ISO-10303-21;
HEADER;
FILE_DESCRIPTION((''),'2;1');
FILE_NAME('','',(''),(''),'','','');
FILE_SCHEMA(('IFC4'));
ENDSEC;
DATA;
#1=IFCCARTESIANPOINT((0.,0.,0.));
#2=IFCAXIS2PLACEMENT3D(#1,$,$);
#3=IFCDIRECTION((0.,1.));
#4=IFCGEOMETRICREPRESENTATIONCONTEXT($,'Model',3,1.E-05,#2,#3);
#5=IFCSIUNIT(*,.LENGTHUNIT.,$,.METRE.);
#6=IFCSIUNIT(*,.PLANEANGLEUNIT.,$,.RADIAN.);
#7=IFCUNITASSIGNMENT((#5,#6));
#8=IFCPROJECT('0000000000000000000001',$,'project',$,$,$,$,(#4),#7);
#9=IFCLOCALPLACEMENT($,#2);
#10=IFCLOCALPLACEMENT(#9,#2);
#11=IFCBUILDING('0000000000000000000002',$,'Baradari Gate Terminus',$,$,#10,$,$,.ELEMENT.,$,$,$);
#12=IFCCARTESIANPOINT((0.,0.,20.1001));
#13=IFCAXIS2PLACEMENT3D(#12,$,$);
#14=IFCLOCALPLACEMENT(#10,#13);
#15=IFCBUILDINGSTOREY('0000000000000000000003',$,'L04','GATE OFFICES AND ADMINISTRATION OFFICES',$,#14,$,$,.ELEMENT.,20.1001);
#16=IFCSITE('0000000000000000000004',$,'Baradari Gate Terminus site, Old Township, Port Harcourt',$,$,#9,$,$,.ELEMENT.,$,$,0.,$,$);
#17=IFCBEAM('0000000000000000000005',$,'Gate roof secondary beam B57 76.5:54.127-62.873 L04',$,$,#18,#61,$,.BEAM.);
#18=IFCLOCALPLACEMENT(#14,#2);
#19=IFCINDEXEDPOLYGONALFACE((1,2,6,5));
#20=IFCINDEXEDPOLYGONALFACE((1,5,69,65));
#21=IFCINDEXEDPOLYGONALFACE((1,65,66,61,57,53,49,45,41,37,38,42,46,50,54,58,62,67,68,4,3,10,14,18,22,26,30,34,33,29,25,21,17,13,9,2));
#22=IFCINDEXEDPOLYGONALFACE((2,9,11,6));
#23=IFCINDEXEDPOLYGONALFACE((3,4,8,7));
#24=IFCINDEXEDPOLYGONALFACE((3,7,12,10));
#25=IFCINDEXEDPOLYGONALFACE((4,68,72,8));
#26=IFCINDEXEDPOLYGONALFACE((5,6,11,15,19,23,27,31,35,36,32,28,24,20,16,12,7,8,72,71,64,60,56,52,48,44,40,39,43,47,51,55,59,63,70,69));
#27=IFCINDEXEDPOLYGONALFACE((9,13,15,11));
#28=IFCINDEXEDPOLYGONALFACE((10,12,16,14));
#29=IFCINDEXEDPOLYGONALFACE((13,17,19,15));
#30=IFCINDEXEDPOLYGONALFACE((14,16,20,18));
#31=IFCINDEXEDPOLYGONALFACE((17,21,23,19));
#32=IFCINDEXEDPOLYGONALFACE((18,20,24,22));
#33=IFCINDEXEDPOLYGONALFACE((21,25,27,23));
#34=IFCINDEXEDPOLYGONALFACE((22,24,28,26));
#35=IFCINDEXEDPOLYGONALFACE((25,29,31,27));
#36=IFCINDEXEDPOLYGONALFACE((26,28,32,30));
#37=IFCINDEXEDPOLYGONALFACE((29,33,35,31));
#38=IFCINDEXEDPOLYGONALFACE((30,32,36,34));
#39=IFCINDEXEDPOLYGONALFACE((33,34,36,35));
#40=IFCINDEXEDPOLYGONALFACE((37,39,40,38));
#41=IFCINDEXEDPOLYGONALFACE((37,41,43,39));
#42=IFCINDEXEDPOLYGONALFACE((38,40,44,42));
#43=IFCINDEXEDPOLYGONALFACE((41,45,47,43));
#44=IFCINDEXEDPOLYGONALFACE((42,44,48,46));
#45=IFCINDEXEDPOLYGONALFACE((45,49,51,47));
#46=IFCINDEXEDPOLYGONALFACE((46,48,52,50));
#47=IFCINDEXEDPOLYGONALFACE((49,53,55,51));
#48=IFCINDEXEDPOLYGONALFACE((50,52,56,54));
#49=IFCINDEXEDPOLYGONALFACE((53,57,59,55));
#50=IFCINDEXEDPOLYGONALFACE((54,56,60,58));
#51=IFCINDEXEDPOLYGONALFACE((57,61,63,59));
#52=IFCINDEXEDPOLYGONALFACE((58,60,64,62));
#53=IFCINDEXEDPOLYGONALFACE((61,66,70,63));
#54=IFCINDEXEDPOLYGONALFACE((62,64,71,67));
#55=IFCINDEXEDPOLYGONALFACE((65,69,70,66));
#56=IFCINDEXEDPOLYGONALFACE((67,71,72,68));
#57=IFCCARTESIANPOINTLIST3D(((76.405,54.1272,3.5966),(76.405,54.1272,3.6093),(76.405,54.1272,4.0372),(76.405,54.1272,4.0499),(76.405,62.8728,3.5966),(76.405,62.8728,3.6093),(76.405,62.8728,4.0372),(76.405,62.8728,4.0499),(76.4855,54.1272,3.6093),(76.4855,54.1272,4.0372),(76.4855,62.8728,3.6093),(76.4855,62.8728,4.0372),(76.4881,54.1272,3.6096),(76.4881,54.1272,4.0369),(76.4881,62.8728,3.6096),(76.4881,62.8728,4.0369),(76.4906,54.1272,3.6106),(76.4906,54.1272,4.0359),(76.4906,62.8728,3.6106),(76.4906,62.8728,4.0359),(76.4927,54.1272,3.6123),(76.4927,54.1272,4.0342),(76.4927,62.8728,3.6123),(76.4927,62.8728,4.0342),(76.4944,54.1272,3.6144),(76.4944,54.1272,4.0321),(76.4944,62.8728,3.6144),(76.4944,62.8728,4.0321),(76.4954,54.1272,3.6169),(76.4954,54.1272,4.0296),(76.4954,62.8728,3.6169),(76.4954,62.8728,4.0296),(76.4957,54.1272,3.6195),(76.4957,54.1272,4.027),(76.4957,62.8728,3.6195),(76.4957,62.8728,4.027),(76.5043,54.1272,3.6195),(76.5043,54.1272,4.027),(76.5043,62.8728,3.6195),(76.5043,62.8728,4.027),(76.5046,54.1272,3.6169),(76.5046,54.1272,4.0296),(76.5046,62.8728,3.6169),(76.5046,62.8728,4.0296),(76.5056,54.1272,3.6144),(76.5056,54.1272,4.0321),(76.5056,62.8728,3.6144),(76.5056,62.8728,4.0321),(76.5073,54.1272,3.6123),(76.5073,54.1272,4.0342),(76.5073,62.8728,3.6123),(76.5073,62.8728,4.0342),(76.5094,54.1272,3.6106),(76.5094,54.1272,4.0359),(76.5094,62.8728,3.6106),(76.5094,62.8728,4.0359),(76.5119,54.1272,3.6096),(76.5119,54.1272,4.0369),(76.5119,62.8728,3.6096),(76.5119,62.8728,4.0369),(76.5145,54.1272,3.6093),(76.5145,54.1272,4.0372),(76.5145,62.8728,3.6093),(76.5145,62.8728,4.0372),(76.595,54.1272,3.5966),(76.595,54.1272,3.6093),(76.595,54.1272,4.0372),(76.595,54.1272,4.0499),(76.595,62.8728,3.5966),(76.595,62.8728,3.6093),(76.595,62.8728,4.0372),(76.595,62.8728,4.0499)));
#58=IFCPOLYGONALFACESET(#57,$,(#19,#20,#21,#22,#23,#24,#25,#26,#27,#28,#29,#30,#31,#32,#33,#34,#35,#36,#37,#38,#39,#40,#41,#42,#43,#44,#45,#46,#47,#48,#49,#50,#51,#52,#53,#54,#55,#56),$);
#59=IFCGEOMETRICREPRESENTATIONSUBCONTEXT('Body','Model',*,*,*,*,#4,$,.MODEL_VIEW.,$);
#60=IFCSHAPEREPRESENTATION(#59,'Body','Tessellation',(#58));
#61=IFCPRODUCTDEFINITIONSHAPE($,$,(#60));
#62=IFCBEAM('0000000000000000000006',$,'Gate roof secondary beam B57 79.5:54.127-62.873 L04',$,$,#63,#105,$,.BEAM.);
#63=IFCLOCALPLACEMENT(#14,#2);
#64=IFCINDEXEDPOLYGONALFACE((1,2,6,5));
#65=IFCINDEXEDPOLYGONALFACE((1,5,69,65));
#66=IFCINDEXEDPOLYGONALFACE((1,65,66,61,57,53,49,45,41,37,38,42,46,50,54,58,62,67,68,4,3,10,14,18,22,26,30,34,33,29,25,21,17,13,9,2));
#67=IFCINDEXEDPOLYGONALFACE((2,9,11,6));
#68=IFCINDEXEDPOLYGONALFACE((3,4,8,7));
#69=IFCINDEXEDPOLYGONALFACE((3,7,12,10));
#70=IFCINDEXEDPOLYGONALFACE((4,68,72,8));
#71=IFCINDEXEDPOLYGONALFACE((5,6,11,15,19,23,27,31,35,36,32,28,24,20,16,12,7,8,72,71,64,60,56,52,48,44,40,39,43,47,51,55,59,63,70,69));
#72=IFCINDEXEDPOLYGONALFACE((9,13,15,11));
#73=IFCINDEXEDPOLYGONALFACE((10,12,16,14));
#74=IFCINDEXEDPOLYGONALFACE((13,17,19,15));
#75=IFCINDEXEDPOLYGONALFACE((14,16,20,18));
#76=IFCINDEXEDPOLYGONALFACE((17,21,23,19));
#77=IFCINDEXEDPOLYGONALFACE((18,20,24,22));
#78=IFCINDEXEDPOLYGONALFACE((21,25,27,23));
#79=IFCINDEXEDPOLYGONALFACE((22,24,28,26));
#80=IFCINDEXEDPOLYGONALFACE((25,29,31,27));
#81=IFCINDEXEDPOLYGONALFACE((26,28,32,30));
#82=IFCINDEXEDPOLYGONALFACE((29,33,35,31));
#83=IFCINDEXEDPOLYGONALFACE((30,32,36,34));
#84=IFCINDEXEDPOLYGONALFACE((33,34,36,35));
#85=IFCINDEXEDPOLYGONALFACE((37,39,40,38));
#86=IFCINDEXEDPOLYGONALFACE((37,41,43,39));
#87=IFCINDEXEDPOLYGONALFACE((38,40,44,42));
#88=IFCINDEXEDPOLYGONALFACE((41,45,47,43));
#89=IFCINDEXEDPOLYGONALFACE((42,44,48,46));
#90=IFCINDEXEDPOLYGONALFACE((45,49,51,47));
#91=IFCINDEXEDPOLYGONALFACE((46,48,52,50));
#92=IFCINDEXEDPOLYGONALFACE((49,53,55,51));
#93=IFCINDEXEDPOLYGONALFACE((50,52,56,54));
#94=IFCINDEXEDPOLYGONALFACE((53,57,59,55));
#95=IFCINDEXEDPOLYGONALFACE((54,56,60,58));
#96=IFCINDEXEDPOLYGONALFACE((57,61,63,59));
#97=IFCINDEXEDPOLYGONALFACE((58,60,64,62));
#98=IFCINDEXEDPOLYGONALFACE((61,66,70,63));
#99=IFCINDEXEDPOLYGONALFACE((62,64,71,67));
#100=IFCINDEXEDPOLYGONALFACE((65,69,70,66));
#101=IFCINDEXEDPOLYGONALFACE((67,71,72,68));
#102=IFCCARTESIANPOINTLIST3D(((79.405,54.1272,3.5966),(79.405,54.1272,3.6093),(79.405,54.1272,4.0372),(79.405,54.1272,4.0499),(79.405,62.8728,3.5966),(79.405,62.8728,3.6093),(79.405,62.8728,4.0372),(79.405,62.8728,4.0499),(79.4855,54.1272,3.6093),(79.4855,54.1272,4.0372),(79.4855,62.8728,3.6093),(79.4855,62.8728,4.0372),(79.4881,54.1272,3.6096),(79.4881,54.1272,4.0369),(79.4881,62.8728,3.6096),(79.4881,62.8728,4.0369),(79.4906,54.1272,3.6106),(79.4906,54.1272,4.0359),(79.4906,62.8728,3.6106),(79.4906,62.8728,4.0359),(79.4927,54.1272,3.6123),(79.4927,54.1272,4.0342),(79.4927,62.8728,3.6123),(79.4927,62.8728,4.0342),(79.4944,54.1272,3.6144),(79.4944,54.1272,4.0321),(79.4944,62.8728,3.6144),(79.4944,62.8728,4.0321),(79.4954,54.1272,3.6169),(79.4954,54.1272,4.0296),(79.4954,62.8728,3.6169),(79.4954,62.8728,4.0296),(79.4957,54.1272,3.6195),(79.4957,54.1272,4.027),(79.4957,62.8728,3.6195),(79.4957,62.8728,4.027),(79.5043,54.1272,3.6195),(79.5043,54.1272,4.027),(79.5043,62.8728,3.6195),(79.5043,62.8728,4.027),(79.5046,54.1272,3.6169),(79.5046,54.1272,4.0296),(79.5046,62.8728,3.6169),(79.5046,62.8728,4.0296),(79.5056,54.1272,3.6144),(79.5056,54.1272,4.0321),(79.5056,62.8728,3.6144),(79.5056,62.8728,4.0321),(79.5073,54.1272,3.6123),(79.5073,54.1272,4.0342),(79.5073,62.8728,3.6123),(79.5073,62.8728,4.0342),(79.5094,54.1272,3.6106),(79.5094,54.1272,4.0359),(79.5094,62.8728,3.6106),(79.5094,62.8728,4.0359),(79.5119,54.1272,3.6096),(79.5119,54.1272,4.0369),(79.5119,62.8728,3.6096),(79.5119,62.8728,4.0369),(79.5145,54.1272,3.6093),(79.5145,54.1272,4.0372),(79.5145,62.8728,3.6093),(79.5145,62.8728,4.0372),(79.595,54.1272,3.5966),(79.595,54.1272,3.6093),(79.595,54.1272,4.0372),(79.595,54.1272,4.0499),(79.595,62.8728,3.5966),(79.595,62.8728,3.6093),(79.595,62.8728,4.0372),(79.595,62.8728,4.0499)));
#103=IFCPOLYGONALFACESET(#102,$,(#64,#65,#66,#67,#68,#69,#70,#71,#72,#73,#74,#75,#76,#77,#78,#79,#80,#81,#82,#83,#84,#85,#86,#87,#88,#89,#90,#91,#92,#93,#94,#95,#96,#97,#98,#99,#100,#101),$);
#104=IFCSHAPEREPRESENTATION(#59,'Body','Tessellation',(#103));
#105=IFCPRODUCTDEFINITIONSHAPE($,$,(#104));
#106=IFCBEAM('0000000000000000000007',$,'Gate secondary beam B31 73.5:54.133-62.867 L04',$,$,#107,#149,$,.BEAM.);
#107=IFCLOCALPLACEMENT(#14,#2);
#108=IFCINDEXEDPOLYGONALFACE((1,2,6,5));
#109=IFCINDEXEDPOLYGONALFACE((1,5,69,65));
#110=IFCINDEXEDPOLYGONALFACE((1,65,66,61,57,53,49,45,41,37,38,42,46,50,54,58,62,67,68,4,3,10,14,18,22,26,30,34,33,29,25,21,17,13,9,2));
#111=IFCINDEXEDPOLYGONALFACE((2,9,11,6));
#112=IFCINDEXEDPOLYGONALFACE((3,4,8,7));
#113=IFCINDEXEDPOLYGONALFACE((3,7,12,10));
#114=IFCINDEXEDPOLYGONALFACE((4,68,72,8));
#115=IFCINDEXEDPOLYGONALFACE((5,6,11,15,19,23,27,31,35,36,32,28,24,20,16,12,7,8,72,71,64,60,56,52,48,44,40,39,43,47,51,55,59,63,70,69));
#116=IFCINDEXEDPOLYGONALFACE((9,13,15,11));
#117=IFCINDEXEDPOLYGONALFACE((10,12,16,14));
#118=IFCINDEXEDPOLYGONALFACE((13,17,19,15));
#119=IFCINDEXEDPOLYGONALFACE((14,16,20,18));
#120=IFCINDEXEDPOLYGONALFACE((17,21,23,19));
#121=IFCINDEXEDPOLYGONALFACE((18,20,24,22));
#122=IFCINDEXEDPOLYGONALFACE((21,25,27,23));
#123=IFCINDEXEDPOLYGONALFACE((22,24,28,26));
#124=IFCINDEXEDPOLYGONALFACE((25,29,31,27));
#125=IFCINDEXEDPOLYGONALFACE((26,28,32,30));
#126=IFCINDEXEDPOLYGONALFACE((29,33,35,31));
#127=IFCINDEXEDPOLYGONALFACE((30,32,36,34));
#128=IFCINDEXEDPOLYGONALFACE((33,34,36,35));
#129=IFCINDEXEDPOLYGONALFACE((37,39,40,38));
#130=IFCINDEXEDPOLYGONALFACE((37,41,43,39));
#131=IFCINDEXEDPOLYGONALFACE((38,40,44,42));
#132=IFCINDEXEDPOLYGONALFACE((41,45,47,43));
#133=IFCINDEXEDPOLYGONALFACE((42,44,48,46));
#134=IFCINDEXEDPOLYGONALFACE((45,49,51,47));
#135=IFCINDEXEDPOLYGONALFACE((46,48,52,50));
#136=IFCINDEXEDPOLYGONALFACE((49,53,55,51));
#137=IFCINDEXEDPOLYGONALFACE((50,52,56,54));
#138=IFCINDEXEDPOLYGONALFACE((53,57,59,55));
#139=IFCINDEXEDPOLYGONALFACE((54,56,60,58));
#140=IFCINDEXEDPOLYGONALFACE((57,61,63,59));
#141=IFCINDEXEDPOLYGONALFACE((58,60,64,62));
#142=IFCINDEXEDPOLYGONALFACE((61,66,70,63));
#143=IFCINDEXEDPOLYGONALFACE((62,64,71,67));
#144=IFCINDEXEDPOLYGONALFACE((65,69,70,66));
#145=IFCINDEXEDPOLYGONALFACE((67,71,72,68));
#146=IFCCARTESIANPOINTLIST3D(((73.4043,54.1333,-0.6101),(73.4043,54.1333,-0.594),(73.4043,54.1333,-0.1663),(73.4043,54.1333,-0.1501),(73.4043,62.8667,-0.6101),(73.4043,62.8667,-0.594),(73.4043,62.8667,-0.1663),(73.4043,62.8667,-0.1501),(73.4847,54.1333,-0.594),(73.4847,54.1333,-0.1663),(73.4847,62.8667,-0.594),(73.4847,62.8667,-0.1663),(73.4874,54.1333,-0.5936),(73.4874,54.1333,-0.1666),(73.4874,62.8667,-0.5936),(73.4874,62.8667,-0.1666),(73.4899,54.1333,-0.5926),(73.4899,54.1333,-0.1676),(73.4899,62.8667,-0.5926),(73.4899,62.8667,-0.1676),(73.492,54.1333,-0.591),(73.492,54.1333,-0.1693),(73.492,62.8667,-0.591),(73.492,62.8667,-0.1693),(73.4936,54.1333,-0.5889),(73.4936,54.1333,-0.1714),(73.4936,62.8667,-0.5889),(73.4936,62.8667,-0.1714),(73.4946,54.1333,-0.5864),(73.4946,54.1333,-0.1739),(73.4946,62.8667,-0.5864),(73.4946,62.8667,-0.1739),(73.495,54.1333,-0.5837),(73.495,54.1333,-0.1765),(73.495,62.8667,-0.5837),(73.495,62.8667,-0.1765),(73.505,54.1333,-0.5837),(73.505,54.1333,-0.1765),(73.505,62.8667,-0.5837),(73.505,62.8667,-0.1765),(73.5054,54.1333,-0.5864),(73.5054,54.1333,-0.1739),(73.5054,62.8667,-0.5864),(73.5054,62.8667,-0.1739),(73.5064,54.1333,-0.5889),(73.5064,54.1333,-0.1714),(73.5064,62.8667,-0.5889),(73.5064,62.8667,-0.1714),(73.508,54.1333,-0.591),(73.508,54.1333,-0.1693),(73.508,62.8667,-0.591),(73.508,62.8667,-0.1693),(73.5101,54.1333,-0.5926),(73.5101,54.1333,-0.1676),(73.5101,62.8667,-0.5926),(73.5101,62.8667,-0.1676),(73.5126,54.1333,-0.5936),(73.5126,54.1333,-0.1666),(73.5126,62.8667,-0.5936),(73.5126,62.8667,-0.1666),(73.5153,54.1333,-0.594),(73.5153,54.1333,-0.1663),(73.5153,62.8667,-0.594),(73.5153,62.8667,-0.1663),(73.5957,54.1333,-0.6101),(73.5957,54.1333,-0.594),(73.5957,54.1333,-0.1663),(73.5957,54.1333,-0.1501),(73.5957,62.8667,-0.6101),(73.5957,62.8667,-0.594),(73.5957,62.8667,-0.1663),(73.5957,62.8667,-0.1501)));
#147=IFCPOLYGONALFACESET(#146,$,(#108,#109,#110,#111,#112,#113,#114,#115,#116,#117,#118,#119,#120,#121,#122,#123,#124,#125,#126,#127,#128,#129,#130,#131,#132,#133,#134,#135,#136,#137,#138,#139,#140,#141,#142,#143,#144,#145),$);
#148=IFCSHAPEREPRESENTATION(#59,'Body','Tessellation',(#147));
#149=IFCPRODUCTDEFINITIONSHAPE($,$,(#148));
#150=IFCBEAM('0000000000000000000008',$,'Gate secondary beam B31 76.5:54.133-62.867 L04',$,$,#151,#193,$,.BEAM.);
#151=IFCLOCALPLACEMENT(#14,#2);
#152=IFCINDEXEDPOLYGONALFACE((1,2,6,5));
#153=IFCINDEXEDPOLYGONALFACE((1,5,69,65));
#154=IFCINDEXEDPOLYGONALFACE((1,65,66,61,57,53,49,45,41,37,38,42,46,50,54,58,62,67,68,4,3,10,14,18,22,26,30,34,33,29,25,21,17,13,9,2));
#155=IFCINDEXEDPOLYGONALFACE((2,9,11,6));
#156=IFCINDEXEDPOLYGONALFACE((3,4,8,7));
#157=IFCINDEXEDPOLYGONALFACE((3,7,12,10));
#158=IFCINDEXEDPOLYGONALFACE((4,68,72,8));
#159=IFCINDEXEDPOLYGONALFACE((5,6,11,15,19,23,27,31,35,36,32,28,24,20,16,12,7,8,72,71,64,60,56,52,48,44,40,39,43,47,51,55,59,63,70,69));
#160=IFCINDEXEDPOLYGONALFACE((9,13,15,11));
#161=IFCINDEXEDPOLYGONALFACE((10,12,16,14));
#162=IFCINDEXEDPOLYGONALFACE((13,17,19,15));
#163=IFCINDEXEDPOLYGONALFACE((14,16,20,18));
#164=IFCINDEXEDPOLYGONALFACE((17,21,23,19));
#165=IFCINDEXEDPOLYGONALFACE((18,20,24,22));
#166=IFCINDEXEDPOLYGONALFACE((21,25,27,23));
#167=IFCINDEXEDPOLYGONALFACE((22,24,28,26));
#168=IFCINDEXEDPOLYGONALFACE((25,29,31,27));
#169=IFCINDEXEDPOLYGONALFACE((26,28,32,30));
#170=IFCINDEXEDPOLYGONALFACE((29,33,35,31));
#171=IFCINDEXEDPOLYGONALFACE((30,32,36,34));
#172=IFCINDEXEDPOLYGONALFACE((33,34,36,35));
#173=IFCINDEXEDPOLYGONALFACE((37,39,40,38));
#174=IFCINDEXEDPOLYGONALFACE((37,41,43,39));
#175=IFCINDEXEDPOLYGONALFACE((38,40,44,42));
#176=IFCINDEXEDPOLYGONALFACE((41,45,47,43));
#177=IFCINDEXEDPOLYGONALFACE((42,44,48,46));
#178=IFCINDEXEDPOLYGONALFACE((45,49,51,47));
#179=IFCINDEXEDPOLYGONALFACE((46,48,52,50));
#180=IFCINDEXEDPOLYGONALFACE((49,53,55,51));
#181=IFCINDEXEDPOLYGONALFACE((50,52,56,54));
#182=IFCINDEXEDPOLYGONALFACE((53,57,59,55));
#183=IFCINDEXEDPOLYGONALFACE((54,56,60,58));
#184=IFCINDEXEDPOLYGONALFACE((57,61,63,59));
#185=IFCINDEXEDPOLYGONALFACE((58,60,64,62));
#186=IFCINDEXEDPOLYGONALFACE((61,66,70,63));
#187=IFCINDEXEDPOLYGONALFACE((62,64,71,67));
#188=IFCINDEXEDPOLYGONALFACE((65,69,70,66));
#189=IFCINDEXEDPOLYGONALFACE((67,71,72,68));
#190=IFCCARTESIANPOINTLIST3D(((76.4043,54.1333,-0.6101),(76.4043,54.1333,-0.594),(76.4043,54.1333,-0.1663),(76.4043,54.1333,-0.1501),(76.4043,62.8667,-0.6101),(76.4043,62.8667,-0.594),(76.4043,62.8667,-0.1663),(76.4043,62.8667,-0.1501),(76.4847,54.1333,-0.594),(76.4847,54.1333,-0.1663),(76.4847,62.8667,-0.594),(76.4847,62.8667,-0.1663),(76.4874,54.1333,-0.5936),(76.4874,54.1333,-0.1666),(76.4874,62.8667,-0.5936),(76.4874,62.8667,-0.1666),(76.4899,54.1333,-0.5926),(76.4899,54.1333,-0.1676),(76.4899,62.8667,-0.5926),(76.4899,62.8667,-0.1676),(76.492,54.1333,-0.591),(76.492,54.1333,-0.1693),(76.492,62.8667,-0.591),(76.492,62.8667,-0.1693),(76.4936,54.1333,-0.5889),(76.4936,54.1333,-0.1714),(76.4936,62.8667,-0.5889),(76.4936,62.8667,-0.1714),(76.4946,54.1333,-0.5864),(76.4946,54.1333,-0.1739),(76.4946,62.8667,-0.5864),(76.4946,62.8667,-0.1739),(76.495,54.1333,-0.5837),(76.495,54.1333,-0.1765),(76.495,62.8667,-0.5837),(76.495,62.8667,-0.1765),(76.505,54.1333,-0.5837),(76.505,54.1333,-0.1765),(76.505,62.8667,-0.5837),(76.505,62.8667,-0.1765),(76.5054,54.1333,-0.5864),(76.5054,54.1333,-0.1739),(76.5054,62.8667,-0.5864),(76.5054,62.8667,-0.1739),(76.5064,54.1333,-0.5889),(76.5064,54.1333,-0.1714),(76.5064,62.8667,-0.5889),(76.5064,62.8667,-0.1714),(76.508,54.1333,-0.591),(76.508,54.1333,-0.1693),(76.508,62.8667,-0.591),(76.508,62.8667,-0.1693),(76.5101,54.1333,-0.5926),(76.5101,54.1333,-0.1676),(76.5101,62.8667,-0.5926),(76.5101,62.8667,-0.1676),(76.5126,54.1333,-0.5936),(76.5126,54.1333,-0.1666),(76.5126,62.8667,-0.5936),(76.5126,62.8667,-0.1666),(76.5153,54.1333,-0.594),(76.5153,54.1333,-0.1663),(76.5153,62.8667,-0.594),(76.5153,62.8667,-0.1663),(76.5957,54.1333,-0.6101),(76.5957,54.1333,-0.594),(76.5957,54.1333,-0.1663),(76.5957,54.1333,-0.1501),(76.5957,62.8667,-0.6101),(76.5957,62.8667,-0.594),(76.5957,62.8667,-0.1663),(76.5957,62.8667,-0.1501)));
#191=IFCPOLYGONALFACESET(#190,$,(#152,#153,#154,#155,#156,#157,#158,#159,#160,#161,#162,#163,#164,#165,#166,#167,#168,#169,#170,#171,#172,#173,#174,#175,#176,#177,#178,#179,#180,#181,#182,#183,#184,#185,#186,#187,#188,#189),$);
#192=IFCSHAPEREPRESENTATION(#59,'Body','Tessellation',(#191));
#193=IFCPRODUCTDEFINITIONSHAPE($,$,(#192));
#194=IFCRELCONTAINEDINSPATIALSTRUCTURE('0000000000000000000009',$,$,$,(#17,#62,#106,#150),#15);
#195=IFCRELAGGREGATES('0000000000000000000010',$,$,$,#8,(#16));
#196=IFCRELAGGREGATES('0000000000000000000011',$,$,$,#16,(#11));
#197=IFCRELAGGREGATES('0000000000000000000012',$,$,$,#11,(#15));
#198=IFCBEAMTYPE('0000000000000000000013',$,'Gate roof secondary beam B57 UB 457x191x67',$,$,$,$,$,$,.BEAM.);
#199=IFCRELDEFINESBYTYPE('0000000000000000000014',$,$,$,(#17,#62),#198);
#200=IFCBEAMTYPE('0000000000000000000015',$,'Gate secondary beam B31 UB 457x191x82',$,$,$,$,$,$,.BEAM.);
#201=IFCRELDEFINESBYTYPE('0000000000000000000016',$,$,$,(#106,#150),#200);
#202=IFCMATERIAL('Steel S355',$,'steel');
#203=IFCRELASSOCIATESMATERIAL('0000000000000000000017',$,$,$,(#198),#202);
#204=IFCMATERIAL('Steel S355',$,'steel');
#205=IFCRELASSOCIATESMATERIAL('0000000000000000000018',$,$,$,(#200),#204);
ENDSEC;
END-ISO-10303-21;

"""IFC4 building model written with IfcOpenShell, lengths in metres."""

from ifc_helpers import new_model, si_unit, direction, frame, origin, origin_2d, place, context, subcontext, project, spatial, i_section, extrude, material, material_profile, profile_set, type_object, element, save


model = new_model("IFC4")

# Units and contexts
model_context = context("Model", 3, precision=1e-05, world=origin(), true_north=direction((0.0, 1.0)))
body_context = subcontext(model_context, "Body", "Model", "MODEL_VIEW")
ifc_project = project(units=[si_unit("LENGTHUNIT", "METRE"), si_unit("PLANEANGLEUNIT", "RADIAN")], contexts=[model_context])

# Site, building, storey
site_placement = place(None, origin())
site = spatial("IfcSite", under=ifc_project, at=site_placement, Name="Baradari Gate Terminus site, Old Township, Port Harcourt", CompositionType="ELEMENT", RefElevation=0.0)
building_placement = place(site_placement, origin())
building = spatial("IfcBuilding", under=site, at=building_placement, Name="Baradari Gate Terminus", CompositionType="ELEMENT")
storey_placement = place(building_placement, frame((0.0, 0.0, 20.1001)))
storey = spatial("IfcBuildingStorey", under=building, at=storey_placement, Name="L04", Description="GATE OFFICES AND ADMINISTRATION OFFICES", CompositionType="ELEMENT", Elevation=20.1001)

# Beams
ifc_material_1 = material(Name="Steel S355", Category="steel")
ifc_material_profile_1 = material_profile(ifc_material_1, i_section(OverallWidth=0.1899, OverallDepth=0.4534, WebThickness=0.0085, FlangeThickness=0.0127, FilletRadius=0.0103, at=origin_2d()), Name="UB 457x191x67")
ifc_profile_set_1 = profile_set([ifc_material_profile_1], Name="Steel S355")
beam_type_1 = type_object("IfcBeamType", Name="Gate roof secondary beam B57 UB 457x191x67", PredefinedType="BEAM", material=ifc_profile_set_1)
for number, where, z_axis, x_axis, name in (
    (1, (76.5, 54.1272, 3.8232), (0.0, 1.0, 0.0), (-1.0, 0.0, 0.0), "Gate roof secondary beam B57 76.5:54.127-62.873 L04"),
    (2, (79.5, 54.1272, 3.8232), (0.0, 1.0, 0.0), (-1.0, 0.0, 0.0), "Gate roof secondary beam B57 79.5:54.127-62.873 L04"),
):
    element("IfcBeam", number, at=place(storey_placement, frame(where, z_axis=z_axis, x_axis=x_axis)), inside=storey, type_object=beam_type_1, Name=name, PredefinedType="BEAM", context=body_context, shape_type="SweptSolid", body=[
        extrude(i_section(OverallWidth=0.1899, OverallDepth=0.4534, WebThickness=0.0085, FlangeThickness=0.0127, FilletRadius=0.0103, at=origin_2d()), origin(), (0.0, 0.0, 1.0), 8.7456),
    ])
ifc_material_2 = material(Name="Steel S355", Category="steel")
ifc_material_profile_2 = material_profile(ifc_material_2, i_section(OverallWidth=0.1914, OverallDepth=0.46, WebThickness=0.01, FlangeThickness=0.0161, FilletRadius=0.0103, at=origin_2d()), Name="UB 457x191x82")
ifc_profile_set_2 = profile_set([ifc_material_profile_2], Name="Steel S355")
beam_type_2 = type_object("IfcBeamType", Name="Gate secondary beam B31 UB 457x191x82", PredefinedType="BEAM", material=ifc_profile_set_2)
for number, where, z_axis, x_axis, name in (
    (3, (73.5, 54.1333, -0.3801), (0.0, 1.0, 0.0), (-1.0, 0.0, 0.0), "Gate secondary beam B31 73.5:54.133-62.867 L04"),
    (4, (76.5, 54.1333, -0.3801), (0.0, 1.0, 0.0), (-1.0, 0.0, 0.0), "Gate secondary beam B31 76.5:54.133-62.867 L04"),
):
    element("IfcBeam", number, at=place(storey_placement, frame(where, z_axis=z_axis, x_axis=x_axis)), inside=storey, type_object=beam_type_2, Name=name, PredefinedType="BEAM", context=body_context, shape_type="SweptSolid", body=[
        extrude(i_section(OverallWidth=0.1914, OverallDepth=0.46, WebThickness=0.01, FlangeThickness=0.0161, FilletRadius=0.0103, at=origin_2d()), origin(), (0.0, 0.0, 1.0), 8.7334),
    ])

save(model, "model.ifc")
